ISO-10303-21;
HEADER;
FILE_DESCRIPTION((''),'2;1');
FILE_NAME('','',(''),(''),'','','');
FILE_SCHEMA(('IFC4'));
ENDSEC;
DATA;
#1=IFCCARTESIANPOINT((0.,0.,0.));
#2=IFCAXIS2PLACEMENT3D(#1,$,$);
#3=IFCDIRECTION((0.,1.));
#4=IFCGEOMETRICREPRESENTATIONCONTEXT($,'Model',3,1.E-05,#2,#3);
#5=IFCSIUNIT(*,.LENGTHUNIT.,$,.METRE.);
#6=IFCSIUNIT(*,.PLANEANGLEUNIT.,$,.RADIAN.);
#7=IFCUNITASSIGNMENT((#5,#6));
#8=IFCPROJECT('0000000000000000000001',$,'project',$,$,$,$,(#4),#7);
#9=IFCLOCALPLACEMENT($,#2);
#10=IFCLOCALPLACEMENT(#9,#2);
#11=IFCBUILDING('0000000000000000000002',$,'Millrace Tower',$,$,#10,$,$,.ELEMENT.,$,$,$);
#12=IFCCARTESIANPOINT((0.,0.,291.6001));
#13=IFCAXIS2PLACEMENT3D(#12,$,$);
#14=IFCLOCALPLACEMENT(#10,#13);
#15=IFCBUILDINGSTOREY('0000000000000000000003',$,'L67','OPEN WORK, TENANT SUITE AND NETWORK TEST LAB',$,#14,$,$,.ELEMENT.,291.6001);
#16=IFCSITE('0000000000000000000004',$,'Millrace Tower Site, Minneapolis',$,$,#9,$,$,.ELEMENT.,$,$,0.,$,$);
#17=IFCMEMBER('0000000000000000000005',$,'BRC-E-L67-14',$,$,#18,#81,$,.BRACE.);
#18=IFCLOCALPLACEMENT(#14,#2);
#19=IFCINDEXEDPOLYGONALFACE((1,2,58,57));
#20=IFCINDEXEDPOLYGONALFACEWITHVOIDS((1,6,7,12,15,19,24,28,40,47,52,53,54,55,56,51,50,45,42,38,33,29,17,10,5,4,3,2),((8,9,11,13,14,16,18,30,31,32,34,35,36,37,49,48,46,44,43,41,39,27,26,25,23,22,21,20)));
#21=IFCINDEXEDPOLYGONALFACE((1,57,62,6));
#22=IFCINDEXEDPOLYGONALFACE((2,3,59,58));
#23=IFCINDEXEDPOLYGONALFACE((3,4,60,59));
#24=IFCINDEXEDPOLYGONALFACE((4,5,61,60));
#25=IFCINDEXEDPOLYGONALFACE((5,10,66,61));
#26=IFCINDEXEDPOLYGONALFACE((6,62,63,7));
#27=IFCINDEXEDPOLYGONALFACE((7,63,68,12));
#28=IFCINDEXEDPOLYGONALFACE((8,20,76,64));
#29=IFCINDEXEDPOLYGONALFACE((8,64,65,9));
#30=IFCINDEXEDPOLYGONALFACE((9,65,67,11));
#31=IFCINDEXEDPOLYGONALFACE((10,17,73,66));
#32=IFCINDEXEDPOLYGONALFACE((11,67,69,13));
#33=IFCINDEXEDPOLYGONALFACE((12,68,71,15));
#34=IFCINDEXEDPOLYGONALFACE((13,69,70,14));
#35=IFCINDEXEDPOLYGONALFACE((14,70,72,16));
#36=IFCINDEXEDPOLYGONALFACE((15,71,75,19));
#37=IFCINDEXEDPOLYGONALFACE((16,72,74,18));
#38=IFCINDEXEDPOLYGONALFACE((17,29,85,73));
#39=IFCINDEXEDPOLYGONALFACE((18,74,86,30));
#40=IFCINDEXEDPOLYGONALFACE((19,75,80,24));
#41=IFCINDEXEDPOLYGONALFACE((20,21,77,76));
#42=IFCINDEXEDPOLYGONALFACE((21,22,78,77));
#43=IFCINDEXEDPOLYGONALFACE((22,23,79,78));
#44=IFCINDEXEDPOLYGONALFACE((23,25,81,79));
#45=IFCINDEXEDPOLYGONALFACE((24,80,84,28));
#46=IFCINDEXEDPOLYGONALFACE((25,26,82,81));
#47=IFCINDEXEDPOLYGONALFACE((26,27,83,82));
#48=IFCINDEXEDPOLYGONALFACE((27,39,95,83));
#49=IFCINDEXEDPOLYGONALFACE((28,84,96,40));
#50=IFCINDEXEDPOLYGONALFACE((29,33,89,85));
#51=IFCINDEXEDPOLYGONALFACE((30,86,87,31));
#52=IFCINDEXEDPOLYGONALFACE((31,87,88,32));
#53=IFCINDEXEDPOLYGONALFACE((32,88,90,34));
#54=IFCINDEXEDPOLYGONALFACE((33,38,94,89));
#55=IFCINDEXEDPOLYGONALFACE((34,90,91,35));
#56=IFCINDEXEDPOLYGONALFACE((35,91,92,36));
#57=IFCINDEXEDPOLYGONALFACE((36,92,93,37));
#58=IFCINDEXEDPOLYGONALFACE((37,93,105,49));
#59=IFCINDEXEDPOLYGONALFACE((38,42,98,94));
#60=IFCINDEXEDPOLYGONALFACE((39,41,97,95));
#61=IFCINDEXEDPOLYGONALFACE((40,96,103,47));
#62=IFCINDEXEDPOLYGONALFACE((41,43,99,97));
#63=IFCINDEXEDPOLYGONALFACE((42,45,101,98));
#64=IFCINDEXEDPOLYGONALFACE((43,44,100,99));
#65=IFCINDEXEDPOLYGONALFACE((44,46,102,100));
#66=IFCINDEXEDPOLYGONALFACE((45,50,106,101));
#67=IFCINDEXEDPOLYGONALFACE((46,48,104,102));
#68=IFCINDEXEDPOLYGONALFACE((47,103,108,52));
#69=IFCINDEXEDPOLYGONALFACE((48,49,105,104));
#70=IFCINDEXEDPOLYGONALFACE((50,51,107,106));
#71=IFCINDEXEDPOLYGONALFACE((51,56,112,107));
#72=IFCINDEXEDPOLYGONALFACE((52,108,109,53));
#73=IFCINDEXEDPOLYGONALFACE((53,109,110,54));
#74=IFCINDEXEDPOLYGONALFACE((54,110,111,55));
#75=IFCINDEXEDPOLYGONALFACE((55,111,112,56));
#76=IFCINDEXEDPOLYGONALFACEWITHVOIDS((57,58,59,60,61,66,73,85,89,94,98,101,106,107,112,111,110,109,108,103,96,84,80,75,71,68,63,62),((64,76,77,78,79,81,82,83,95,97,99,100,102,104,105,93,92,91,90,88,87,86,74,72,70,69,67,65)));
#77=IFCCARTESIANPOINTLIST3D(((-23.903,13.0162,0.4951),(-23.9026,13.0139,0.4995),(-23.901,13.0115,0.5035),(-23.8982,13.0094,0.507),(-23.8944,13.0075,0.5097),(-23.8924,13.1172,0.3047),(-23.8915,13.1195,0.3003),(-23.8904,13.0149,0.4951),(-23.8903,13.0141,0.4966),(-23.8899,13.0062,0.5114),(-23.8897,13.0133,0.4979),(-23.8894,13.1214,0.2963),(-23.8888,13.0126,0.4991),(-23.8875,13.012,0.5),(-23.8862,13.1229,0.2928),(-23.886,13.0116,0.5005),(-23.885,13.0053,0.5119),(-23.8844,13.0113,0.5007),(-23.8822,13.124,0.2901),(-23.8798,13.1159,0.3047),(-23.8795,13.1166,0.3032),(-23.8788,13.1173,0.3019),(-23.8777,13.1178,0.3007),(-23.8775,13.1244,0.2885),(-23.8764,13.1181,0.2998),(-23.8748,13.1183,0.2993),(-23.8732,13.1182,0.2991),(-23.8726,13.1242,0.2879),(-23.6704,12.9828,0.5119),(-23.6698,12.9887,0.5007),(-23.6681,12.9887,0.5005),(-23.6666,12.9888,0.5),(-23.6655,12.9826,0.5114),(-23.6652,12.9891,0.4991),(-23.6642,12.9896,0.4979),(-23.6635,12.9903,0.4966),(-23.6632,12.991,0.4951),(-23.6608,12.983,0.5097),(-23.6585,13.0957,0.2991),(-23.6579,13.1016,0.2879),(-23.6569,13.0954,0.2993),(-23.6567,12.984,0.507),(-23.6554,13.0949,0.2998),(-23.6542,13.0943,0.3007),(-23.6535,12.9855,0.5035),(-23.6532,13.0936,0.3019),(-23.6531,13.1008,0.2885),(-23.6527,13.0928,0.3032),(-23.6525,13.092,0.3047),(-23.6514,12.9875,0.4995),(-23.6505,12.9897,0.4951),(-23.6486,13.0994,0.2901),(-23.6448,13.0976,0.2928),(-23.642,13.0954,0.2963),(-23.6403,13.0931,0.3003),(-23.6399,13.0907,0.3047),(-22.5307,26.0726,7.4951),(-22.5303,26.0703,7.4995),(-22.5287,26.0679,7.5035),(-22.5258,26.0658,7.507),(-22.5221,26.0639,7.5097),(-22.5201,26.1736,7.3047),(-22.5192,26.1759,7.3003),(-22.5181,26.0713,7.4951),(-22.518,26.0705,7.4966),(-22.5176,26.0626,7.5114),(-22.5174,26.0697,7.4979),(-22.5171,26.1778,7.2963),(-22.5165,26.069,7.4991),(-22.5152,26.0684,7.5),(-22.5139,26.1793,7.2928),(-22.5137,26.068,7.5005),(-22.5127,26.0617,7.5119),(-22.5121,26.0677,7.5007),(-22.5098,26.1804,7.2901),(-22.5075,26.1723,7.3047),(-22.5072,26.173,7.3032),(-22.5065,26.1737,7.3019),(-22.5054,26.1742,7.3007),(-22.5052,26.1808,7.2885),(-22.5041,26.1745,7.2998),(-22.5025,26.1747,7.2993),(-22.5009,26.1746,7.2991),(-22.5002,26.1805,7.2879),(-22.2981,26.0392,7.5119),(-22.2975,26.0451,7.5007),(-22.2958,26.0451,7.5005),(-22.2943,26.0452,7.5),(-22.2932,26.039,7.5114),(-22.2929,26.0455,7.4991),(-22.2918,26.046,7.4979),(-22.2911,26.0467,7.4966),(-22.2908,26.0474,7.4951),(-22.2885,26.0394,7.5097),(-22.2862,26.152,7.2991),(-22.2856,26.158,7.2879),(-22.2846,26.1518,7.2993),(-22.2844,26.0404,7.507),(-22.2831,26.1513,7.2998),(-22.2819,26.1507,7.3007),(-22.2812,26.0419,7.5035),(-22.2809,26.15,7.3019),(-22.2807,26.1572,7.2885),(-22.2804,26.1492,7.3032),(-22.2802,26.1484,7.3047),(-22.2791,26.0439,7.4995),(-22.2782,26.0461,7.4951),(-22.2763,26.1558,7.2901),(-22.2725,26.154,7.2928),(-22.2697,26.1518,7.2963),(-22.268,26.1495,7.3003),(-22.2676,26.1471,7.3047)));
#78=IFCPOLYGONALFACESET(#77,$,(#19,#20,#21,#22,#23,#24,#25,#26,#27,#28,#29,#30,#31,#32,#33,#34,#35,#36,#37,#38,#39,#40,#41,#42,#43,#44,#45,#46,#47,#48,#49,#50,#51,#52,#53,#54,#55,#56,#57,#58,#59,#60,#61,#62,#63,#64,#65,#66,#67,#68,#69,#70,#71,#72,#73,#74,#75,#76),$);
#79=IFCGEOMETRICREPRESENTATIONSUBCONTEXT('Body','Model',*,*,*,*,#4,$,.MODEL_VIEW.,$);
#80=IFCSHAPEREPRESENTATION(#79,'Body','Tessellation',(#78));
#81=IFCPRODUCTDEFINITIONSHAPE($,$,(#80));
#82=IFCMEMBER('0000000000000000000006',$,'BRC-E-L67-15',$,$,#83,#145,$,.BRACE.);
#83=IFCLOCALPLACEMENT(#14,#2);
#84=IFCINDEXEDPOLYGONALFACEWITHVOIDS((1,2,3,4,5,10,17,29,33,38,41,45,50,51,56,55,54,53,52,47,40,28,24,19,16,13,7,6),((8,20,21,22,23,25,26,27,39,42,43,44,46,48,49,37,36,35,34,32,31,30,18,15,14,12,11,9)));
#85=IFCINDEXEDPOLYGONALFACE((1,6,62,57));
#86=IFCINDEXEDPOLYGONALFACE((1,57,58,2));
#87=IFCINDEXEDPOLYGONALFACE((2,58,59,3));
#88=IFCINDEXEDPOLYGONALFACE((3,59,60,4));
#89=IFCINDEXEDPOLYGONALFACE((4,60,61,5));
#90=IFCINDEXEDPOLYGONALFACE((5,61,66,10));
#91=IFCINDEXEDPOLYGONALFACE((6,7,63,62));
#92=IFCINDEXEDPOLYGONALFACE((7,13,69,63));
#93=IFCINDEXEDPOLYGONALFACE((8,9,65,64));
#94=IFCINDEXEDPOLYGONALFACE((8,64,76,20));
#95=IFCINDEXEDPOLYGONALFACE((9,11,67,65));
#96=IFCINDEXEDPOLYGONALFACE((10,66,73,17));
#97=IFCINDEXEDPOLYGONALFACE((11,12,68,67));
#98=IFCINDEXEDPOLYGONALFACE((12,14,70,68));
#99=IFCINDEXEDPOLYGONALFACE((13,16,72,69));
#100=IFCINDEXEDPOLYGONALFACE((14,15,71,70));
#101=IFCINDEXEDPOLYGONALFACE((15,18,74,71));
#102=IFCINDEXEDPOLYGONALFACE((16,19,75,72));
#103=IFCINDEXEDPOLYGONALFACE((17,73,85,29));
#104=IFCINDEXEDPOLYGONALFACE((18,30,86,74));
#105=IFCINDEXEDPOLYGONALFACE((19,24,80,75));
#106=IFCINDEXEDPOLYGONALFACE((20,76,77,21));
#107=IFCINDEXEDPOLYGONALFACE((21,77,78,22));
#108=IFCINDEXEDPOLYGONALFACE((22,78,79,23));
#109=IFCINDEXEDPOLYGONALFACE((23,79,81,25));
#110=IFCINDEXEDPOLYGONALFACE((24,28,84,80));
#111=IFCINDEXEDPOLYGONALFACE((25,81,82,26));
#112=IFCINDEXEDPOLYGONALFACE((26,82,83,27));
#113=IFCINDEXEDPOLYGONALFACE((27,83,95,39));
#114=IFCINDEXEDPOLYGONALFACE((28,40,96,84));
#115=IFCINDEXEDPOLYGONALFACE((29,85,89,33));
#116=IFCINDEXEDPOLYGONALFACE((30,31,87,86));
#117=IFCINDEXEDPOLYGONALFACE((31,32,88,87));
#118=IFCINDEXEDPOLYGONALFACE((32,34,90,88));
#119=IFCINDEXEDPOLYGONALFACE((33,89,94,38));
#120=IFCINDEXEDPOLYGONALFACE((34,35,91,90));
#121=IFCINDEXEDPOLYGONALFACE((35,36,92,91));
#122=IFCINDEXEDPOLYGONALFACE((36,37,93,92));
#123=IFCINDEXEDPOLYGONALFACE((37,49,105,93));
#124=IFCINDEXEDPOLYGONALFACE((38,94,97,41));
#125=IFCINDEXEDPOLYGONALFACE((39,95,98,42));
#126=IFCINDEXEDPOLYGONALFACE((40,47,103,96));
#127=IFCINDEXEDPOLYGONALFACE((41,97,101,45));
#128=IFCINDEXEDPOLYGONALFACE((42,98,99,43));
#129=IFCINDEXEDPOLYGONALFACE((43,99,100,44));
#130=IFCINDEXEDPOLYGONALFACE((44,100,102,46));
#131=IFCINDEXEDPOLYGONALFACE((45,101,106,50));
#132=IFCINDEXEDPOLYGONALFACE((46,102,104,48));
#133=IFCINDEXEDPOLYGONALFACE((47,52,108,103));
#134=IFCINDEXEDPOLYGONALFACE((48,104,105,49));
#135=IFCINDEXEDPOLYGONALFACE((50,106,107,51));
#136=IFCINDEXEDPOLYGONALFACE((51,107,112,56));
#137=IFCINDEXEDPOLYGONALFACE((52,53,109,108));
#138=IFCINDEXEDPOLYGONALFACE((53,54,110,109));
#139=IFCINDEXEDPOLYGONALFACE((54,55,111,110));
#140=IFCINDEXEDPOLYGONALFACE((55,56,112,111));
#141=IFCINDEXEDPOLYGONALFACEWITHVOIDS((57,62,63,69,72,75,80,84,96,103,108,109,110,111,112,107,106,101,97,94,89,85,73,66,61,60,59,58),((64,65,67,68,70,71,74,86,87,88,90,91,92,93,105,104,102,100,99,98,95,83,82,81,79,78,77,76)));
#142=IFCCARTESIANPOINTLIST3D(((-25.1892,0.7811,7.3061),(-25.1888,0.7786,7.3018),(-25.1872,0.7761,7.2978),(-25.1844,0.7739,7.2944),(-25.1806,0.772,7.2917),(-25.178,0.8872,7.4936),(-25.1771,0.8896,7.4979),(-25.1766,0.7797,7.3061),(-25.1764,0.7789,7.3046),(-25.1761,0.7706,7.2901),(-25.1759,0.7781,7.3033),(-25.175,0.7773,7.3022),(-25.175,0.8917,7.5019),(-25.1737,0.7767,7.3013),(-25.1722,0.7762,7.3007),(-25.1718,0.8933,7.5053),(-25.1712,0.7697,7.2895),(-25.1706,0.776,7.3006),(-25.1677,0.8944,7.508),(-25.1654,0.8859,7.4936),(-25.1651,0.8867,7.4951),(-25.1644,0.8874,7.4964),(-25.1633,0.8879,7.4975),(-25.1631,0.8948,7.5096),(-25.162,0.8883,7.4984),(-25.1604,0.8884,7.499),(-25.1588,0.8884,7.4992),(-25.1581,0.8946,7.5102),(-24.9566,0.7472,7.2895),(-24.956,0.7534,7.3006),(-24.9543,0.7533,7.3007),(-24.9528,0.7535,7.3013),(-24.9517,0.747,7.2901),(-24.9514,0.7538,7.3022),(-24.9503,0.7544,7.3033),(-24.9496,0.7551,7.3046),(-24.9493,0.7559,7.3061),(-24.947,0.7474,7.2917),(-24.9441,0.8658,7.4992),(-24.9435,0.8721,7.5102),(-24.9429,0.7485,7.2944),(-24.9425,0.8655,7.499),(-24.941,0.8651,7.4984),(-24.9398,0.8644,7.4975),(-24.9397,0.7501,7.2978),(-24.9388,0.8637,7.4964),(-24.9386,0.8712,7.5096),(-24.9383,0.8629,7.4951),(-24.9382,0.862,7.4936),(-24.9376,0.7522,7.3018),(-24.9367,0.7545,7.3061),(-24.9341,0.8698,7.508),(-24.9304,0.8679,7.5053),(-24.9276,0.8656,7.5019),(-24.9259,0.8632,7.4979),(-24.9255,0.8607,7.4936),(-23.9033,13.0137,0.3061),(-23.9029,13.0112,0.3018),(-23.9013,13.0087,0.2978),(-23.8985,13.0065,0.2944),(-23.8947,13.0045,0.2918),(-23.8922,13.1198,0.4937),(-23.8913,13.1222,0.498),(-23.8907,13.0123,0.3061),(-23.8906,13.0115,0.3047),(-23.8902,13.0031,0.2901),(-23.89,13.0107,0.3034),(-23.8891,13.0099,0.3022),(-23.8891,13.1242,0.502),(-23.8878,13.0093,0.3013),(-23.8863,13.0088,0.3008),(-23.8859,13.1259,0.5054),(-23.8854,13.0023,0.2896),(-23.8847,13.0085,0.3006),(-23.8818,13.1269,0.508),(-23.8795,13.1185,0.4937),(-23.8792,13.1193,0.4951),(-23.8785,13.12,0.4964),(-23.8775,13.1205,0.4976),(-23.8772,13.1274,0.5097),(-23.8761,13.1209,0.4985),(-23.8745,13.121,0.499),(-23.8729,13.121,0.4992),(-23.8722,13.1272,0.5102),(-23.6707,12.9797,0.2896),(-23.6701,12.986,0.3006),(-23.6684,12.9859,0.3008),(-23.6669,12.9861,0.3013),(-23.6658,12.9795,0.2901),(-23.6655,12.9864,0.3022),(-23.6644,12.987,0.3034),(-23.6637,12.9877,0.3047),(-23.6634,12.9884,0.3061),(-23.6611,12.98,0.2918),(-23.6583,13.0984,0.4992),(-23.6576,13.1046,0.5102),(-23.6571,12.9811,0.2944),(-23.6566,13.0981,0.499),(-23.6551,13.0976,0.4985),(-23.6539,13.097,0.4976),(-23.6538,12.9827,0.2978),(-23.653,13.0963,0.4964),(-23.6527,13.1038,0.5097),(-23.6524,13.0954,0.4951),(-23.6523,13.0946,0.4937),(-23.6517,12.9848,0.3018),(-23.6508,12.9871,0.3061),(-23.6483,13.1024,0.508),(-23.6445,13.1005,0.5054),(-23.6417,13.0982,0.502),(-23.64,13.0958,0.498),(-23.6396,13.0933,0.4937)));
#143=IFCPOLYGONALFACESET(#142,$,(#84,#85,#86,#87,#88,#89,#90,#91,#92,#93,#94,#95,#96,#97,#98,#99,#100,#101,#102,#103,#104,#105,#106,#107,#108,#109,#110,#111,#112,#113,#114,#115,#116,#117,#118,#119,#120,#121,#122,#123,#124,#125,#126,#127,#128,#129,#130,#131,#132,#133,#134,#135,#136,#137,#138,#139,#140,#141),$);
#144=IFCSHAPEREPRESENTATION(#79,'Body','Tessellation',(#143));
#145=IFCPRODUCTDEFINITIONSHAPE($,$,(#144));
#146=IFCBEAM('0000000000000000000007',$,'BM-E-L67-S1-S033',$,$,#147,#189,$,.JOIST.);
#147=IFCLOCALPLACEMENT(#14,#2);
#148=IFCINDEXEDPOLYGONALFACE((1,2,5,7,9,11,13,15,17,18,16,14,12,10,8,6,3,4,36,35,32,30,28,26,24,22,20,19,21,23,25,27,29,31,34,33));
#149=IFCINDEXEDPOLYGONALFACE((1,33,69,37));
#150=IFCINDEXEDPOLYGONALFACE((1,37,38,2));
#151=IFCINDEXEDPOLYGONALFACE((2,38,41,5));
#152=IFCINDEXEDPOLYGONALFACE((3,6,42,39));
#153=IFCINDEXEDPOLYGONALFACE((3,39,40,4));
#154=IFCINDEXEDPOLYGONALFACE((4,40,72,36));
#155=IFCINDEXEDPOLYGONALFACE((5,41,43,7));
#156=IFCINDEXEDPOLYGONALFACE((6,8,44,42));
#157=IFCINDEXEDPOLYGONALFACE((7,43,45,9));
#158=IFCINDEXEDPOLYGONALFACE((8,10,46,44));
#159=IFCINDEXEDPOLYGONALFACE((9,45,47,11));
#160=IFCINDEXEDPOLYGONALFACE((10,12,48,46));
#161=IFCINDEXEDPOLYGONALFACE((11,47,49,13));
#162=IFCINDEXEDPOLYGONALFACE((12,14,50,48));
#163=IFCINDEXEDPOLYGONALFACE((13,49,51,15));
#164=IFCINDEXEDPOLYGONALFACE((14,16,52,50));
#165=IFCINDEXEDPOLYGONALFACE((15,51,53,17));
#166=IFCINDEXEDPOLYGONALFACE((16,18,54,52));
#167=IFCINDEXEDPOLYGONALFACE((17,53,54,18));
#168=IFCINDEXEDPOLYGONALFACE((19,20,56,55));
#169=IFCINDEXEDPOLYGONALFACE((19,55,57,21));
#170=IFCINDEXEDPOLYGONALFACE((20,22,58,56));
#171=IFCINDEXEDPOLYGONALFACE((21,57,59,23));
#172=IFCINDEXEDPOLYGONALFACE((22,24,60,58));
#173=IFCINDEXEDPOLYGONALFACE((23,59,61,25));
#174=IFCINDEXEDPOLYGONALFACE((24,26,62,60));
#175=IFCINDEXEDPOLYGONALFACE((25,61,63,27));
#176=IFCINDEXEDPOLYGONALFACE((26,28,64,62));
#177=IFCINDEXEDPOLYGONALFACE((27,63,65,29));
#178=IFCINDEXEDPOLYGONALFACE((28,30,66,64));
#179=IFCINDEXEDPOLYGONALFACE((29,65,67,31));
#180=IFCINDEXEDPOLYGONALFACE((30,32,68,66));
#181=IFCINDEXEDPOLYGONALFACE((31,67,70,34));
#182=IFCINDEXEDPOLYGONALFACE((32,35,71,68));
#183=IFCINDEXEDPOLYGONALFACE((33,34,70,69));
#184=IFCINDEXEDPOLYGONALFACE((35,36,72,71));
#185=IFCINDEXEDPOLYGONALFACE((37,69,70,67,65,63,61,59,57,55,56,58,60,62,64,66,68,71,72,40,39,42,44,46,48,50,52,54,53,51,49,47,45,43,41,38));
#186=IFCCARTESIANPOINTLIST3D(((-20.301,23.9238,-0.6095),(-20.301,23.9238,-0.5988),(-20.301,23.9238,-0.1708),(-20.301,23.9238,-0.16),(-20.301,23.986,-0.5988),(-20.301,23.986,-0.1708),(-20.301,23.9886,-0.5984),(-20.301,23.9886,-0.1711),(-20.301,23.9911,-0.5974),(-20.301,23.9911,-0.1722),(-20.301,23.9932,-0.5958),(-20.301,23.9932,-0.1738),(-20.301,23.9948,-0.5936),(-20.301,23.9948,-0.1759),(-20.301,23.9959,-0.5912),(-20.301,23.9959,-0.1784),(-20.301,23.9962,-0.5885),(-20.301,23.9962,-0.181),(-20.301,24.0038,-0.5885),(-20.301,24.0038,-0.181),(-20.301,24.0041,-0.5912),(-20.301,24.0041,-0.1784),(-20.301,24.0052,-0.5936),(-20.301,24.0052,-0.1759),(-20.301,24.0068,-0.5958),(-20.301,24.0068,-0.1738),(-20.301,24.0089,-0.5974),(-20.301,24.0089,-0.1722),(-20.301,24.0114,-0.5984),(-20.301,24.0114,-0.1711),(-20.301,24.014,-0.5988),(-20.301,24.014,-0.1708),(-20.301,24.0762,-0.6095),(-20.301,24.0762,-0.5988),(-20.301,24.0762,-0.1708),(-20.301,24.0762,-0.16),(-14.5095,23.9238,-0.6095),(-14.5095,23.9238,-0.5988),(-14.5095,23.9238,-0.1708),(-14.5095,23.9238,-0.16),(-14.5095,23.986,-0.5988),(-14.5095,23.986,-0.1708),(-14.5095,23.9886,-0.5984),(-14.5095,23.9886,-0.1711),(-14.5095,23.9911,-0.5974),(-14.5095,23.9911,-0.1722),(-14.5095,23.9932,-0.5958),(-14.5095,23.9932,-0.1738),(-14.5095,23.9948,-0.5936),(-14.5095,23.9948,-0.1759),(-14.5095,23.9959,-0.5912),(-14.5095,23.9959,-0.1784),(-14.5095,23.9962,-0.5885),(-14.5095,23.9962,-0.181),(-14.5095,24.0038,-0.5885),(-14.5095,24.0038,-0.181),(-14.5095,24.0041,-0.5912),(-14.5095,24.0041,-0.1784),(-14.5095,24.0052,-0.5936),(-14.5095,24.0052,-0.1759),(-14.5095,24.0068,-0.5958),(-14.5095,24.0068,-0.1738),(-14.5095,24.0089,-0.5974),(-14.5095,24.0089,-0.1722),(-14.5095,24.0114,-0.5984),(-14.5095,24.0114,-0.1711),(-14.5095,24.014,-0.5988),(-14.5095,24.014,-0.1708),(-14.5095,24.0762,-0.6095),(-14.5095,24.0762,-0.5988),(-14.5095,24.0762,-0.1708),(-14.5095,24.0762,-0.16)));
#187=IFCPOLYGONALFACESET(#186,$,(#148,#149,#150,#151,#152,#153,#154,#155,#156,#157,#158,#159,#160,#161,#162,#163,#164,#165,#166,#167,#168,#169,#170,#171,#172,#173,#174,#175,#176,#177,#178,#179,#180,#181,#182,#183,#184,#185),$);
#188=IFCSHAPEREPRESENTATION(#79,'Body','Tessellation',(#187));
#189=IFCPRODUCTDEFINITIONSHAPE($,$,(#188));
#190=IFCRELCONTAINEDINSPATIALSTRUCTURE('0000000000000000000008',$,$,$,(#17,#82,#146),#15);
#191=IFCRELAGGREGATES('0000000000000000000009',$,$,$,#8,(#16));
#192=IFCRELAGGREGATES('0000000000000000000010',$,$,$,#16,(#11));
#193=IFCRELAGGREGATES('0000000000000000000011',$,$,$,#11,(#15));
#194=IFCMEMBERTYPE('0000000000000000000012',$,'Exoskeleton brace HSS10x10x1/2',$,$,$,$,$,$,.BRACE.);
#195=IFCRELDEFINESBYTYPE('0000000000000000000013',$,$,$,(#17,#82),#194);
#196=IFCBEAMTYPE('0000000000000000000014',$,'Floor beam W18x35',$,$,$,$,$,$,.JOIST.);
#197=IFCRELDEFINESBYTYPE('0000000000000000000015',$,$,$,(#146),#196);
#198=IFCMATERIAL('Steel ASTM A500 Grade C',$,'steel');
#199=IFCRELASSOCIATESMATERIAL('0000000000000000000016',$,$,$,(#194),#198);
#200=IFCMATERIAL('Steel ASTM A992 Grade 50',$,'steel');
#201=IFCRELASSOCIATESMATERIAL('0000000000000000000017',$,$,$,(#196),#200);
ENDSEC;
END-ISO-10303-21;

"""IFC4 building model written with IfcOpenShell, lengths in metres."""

from ifc_helpers import new_model, si_unit, direction, frame, origin, origin_2d, place, context, subcontext, project, spatial, hollow_rectangle, i_section, extrude, material, material_profile, profile_set, type_object, element, save


model = new_model("IFC4")

# Units and contexts
model_context = context("Model", 3, precision=1e-05, world=origin(), true_north=direction((0.0, 1.0)))
body_context = subcontext(model_context, "Body", "Model", "MODEL_VIEW")
ifc_project = project(units=[si_unit("LENGTHUNIT", "METRE"), si_unit("PLANEANGLEUNIT", "RADIAN")], contexts=[model_context])

# Site, building, storey
site_placement = place(None, origin())
site = spatial("IfcSite", under=ifc_project, at=site_placement, Name="Millrace Tower Site, Minneapolis", CompositionType="ELEMENT", RefElevation=0.0)
building_placement = place(site_placement, origin())
building = spatial("IfcBuilding", under=site, at=building_placement, Name="Millrace Tower", CompositionType="ELEMENT")
storey_placement = place(building_placement, frame((0.0, 0.0, 291.6001)))
storey = spatial("IfcBuildingStorey", under=building, at=storey_placement, Name="L67", Description="OPEN WORK, TENANT SUITE AND NETWORK TEST LAB", CompositionType="ELEMENT", Elevation=291.6001)

# Members
ifc_material_1 = material(Name="Steel ASTM A500 Grade C", Category="steel")
ifc_material_profile_1 = material_profile(ifc_material_1, hollow_rectangle(XDim=0.2539, YDim=0.2539, WallThickness=0.0127, InnerFilletRadius=0.0063, OuterFilletRadius=0.019, at=origin_2d()))
ifc_profile_set_1 = profile_set([ifc_material_profile_1], Name="Steel ASTM A500 Grade C")
member_type_1 = type_object("IfcMemberType", Name="Exoskeleton brace HSS10x10x1/2", PredefinedType="BRACE", material=ifc_profile_set_1)
member_1_placement = place(storey_placement, frame((-23.7715, 13.0535, 0.3999), z_axis=(0.092238, 0.877568, 0.470496), x_axis=(-0.994522, 0.104531, 0.0)))
element("IfcMember", 1, at=member_1_placement, inside=storey, type_object=member_type_1, Name="BRC-E-L67-14", PredefinedType="BRACE", context=body_context, shape_type="SweptSolid", body=[
    extrude(hollow_rectangle(XDim=0.2539, YDim=0.2539, WallThickness=0.0127, InnerFilletRadius=0.0063, OuterFilletRadius=0.019, at=origin_2d()), origin(), (0.0, 0.0, 1.0), 14.8779),
])
member_2_placement = place(storey_placement, frame((-23.7715, 13.0535, 0.3999), z_axis=(-0.09086, -0.86435, 0.494614), x_axis=(0.99452, -0.104543, 0.0)))
element("IfcMember", 2, at=member_2_placement, inside=storey, type_object=member_type_1, Name="BRC-E-L67-15", PredefinedType="BRACE", context=body_context, shape_type="SweptSolid", body=[
    extrude(hollow_rectangle(XDim=0.2539, YDim=0.2539, WallThickness=0.0127, InnerFilletRadius=0.0063, OuterFilletRadius=0.019, at=origin_2d()), origin(), (0.0, 0.0, 1.0), 14.1523),
])

# Beam
ifc_material_2 = material(Name="Steel ASTM A992 Grade 50", Category="steel")
ifc_material_profile_2 = material_profile(ifc_material_2, i_section(OverallWidth=0.1523, OverallDepth=0.4495, WebThickness=0.0076, FlangeThickness=0.0107, FilletRadius=0.0103, at=origin_2d()))
ifc_profile_set_2 = profile_set([ifc_material_profile_2], Name="Steel ASTM A992 Grade 50")
beam_type_1 = type_object("IfcBeamType", Name="Floor beam W18x35", PredefinedType="JOIST", material=ifc_profile_set_2)
beam_1_placement = place(storey_placement, frame((-20.301, 24.0, -0.3848), z_axis=(1.0, 0.0, 0.0), x_axis=(0.0, 1.0, 0.0)))
element("IfcBeam", 3, at=beam_1_placement, inside=storey, type_object=beam_type_1, Name="BM-E-L67-S1-S033", PredefinedType="JOIST", context=body_context, shape_type="SweptSolid", body=[
    extrude(i_section(OverallWidth=0.1523, OverallDepth=0.4495, WebThickness=0.0076, FlangeThickness=0.0107, FilletRadius=0.0103, at=origin_2d()), origin(), (0.0, 0.0, 1.0), 5.7915),
])

save(model, "model.ifc")
